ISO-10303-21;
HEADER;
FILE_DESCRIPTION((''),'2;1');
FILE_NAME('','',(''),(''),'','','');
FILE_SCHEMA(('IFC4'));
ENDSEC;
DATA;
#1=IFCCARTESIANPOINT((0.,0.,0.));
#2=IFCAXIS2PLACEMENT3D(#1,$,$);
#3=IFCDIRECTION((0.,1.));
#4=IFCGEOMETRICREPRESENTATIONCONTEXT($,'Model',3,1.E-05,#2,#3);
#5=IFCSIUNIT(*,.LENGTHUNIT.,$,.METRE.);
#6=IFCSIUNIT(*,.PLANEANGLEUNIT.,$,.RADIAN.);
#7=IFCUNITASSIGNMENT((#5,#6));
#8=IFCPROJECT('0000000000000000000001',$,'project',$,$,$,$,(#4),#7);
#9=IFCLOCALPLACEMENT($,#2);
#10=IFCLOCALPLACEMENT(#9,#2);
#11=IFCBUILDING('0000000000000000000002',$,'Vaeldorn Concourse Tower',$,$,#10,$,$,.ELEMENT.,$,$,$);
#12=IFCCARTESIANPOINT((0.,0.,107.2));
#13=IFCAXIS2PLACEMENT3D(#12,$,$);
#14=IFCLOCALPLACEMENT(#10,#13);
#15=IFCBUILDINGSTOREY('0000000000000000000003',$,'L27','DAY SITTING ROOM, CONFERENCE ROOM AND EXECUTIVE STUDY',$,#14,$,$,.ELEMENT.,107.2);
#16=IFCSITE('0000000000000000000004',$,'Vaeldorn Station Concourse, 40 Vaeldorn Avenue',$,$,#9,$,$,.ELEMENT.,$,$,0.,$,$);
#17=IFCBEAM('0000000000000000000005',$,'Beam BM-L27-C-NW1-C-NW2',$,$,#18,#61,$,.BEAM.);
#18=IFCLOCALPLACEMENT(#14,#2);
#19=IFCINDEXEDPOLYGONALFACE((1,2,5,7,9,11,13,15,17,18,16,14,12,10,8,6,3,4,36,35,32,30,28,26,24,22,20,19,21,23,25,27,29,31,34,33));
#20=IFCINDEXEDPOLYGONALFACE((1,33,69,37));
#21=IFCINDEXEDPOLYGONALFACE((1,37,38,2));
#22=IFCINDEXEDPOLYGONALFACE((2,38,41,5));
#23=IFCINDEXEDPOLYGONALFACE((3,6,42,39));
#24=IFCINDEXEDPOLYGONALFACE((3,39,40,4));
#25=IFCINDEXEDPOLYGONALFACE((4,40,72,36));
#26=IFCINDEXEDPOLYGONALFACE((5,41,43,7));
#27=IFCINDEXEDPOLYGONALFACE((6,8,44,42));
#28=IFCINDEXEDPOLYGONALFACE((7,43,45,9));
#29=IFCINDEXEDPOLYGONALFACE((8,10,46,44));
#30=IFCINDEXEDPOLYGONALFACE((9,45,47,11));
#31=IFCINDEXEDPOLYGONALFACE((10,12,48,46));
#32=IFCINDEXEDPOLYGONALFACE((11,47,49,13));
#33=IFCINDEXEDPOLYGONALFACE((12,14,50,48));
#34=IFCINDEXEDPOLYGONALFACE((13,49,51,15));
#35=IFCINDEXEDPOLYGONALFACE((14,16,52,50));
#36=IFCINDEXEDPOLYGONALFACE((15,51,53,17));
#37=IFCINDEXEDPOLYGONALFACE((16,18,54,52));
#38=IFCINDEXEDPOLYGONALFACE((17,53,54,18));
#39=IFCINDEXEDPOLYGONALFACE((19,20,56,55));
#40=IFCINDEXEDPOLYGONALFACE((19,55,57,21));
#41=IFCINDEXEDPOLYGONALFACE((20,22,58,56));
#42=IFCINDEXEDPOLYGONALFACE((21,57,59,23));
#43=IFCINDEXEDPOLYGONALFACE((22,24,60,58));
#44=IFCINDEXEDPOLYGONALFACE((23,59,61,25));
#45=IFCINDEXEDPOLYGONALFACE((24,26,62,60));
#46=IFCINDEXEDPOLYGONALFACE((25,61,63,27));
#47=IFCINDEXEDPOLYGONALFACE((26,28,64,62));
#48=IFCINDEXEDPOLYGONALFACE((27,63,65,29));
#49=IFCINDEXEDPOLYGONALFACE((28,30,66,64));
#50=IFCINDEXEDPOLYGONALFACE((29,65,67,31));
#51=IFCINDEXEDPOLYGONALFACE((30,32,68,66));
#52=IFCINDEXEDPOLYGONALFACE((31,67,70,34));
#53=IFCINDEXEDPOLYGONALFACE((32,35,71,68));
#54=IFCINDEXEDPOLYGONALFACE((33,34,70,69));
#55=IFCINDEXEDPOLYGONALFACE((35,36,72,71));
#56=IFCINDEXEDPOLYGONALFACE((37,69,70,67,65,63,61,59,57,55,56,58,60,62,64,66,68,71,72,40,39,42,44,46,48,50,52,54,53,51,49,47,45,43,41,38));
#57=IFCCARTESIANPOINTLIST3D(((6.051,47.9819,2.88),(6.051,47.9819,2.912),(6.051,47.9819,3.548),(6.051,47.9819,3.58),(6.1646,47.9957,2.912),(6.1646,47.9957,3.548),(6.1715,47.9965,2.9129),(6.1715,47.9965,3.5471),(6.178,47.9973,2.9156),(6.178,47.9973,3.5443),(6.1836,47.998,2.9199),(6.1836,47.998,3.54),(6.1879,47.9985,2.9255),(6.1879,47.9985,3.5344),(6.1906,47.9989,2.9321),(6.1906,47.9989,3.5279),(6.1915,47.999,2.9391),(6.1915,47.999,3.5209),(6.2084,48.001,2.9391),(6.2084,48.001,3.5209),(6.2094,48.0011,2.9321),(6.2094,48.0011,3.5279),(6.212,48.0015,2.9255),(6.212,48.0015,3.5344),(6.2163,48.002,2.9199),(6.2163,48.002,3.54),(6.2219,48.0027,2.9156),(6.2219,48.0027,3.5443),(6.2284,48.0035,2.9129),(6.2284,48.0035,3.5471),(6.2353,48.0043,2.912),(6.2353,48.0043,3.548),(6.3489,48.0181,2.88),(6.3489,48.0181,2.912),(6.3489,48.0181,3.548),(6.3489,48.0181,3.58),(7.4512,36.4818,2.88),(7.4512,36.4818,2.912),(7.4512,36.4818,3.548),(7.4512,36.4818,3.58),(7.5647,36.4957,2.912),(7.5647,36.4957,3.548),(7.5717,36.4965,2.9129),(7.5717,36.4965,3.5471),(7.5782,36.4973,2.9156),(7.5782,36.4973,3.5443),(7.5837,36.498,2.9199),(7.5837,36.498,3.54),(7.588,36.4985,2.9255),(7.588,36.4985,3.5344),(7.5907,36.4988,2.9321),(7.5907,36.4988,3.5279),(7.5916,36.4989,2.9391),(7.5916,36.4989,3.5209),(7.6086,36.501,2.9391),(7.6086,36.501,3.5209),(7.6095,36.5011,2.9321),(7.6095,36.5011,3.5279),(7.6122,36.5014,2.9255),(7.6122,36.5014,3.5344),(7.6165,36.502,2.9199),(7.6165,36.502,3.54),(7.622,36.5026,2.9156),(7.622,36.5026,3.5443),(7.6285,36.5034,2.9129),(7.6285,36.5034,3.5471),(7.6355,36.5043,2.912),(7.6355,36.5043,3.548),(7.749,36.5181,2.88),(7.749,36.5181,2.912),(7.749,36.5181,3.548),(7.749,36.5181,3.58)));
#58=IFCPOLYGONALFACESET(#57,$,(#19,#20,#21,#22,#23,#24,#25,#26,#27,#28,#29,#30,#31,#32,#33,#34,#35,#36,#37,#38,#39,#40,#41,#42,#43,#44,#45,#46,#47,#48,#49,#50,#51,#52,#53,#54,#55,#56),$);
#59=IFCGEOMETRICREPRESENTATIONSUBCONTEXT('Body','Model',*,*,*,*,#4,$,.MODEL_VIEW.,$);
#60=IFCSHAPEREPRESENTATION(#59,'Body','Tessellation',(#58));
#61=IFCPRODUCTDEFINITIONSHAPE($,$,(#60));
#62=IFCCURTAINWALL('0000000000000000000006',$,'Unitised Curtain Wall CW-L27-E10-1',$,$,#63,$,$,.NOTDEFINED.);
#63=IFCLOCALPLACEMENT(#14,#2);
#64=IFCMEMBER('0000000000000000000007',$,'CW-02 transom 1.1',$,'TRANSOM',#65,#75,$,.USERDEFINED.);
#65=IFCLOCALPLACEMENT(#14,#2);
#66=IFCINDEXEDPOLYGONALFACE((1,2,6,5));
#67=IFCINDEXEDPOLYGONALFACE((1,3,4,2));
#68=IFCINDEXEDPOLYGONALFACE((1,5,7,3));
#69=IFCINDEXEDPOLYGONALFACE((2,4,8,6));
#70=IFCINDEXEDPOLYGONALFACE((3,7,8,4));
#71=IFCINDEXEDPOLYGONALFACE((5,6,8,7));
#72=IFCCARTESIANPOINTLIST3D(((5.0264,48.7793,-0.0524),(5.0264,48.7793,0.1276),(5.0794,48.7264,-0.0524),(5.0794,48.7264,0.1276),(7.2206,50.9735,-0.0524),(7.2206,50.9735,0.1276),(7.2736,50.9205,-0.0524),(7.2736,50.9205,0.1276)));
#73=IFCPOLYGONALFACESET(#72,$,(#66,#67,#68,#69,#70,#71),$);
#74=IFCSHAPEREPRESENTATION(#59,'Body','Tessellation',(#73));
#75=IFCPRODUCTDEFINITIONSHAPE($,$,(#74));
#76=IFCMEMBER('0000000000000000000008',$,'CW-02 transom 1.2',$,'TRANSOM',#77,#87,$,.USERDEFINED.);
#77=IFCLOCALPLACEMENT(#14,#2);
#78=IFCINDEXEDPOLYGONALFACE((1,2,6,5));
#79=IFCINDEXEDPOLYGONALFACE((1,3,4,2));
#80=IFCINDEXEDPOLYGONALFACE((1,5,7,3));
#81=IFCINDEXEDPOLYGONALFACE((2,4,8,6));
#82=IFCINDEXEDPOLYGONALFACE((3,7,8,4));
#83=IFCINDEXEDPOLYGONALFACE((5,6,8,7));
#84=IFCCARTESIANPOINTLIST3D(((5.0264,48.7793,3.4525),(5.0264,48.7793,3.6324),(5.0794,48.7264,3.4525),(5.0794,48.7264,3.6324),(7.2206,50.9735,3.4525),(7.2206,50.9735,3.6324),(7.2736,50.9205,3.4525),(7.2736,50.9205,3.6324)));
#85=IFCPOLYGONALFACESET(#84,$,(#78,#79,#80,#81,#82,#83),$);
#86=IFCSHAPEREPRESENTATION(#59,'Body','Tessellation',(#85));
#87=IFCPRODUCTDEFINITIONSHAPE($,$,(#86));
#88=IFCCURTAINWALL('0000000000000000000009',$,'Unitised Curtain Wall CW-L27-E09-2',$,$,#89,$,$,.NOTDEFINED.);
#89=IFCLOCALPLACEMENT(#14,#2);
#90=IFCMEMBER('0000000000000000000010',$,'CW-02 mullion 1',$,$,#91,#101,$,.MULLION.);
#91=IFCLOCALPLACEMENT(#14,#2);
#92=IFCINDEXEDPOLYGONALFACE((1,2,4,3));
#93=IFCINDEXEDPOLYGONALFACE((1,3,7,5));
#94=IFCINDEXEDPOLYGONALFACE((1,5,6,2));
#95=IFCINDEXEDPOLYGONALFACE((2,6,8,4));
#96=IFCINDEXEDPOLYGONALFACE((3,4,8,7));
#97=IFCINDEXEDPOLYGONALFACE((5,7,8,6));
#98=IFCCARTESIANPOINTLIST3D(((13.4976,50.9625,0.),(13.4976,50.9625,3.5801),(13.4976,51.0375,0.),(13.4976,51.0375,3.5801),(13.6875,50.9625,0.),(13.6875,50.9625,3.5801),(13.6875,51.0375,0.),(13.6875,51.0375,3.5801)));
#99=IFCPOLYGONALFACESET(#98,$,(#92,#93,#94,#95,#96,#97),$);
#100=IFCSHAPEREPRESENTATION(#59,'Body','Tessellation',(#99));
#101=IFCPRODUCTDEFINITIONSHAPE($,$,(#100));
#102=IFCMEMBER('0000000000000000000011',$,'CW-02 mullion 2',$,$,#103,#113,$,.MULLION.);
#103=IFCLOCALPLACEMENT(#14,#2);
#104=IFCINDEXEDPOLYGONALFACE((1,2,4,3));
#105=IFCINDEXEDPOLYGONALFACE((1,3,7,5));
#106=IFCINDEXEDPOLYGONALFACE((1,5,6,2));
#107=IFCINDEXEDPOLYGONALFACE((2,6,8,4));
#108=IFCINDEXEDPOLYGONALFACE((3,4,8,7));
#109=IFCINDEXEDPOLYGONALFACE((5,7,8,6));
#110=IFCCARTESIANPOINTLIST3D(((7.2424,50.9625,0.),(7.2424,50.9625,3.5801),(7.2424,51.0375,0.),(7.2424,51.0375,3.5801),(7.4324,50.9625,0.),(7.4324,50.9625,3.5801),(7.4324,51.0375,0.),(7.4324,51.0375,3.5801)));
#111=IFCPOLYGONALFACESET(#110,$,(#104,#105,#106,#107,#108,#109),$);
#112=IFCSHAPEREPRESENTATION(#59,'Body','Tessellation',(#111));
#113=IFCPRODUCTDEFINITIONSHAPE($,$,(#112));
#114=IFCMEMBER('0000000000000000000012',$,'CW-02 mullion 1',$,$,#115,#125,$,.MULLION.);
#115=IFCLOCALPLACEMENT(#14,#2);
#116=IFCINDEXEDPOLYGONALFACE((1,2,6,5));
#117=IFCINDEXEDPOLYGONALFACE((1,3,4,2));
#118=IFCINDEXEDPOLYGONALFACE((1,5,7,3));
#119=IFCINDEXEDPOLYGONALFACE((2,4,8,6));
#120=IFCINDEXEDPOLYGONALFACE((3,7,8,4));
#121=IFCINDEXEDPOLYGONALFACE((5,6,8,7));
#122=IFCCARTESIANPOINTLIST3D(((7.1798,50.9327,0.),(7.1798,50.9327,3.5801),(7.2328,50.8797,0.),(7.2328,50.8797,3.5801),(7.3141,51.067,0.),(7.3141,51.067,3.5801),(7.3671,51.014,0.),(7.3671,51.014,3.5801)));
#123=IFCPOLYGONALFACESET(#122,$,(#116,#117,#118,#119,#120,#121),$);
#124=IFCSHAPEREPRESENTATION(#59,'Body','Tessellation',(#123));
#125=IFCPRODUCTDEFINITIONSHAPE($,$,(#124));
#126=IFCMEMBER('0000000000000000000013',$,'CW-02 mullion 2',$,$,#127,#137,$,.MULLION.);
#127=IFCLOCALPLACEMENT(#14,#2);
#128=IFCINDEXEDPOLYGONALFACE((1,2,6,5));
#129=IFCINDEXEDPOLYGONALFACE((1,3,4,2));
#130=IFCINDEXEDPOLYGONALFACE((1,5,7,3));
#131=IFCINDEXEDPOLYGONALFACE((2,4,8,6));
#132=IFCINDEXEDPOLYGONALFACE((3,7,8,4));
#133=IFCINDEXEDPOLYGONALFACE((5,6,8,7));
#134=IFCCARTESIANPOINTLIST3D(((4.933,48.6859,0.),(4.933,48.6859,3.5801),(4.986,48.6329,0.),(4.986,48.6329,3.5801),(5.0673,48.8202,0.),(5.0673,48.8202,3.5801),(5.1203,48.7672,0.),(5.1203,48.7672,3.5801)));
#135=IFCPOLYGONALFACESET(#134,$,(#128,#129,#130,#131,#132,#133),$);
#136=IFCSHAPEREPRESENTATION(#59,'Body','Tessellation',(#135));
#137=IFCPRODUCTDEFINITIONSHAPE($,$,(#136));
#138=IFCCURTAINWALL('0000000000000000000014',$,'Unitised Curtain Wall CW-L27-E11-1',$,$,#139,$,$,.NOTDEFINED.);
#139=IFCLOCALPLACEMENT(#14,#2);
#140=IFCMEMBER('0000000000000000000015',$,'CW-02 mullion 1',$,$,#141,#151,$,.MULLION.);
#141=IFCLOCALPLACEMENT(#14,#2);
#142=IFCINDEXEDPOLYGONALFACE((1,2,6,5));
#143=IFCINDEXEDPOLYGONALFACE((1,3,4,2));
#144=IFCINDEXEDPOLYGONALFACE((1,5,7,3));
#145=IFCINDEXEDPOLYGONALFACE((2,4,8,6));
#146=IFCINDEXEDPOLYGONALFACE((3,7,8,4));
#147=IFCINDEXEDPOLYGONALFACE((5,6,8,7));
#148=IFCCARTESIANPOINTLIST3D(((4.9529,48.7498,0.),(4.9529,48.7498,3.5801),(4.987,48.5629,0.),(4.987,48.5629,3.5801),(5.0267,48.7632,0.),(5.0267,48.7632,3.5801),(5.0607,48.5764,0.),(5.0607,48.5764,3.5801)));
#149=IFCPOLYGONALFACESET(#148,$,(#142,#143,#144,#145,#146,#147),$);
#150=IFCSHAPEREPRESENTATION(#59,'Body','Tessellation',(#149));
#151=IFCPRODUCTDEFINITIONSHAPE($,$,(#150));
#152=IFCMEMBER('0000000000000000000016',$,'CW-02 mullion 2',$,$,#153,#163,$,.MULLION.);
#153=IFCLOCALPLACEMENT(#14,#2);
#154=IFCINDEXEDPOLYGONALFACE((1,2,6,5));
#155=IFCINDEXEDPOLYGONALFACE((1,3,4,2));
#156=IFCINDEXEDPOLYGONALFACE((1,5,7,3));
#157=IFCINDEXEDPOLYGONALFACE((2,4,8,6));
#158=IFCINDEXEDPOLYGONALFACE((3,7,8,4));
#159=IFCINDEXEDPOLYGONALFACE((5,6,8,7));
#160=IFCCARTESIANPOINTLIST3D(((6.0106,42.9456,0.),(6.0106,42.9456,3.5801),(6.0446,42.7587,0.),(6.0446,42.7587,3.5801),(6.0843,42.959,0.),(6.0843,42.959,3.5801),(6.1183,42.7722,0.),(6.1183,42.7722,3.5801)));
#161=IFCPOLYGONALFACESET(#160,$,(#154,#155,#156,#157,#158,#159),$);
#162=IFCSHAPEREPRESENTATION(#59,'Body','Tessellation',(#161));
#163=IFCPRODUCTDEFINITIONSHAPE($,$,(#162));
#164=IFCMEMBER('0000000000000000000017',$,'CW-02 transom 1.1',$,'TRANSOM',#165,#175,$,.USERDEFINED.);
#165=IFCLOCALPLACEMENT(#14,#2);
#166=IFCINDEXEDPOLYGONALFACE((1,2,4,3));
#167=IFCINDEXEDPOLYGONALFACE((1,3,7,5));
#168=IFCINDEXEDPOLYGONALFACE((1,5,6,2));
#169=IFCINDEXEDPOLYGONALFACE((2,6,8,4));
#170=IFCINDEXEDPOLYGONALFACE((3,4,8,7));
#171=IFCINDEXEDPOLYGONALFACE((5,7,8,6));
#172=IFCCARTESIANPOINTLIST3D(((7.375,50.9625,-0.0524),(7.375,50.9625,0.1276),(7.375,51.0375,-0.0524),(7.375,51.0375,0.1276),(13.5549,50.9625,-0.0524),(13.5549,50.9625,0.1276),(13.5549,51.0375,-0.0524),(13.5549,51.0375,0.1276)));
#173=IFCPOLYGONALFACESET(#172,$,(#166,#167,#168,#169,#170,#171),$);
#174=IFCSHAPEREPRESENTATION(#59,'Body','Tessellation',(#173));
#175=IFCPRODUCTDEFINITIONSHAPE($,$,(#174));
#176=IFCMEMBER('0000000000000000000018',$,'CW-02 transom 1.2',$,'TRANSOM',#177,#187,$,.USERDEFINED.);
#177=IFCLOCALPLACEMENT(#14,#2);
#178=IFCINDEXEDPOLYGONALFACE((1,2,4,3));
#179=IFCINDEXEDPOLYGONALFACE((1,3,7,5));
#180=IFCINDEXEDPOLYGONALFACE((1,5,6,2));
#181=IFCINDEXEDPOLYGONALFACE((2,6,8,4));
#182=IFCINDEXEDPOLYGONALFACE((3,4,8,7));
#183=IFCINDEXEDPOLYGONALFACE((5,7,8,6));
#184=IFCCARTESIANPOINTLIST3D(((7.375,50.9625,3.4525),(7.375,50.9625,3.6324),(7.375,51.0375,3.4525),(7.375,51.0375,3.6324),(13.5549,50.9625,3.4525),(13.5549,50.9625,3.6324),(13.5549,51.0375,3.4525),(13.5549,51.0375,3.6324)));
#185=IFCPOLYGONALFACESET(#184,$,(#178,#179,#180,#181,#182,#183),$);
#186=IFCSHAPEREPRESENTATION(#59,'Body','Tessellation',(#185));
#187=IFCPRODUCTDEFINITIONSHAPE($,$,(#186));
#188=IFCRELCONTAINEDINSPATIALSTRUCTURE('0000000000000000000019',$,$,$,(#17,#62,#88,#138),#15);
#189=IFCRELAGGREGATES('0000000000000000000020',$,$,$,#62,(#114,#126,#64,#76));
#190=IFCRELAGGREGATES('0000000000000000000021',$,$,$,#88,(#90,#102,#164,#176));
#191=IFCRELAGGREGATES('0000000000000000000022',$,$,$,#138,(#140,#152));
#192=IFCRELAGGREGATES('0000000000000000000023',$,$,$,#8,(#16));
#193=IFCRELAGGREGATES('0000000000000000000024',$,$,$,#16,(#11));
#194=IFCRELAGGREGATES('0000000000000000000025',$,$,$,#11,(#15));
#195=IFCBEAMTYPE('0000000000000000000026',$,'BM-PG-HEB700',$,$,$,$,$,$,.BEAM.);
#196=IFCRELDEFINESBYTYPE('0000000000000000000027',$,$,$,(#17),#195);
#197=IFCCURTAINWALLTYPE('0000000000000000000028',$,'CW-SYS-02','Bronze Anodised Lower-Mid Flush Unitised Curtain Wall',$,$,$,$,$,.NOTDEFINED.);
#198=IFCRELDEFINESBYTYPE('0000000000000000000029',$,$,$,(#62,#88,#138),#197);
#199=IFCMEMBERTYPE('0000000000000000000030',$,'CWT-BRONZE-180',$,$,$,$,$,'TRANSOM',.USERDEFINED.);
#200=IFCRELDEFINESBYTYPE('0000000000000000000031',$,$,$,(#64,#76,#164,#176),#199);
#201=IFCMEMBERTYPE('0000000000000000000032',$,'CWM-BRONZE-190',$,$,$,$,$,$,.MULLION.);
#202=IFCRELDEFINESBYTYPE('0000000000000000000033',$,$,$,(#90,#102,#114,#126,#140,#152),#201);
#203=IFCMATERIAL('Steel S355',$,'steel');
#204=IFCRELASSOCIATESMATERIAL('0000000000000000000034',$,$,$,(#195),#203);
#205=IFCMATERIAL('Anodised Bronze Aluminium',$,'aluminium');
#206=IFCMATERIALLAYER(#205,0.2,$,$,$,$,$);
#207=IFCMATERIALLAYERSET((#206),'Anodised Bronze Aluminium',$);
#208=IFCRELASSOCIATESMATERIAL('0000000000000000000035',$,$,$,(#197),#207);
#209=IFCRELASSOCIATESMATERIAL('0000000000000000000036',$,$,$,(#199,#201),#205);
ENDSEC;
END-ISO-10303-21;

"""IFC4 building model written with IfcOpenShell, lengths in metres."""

from ifc_helpers import new_model, si_unit, direction, frame, origin, origin_2d, place, context, subcontext, project, spatial, rectangle, i_section, extrude, source, transform, mapped, material, layer, layer_set, material_profile, profile_set, type_object, element, aggregate, save


model = new_model("IFC4")

# Units and contexts
model_context = context("Model", 3, precision=1e-05, world=origin(), true_north=direction((0.0, 1.0)))
body_context = subcontext(model_context, "Body", "Model", "MODEL_VIEW")
ifc_project = project(units=[si_unit("LENGTHUNIT", "METRE"), si_unit("PLANEANGLEUNIT", "RADIAN")], contexts=[model_context])

# Site, building, storey
site_placement = place(None, origin())
site = spatial("IfcSite", under=ifc_project, at=site_placement, Name="Vaeldorn Station Concourse, 40 Vaeldorn Avenue", CompositionType="ELEMENT", RefElevation=0.0)
building_placement = place(site_placement, origin())
building = spatial("IfcBuilding", under=site, at=building_placement, Name="Vaeldorn Concourse Tower", CompositionType="ELEMENT")
storey_placement = place(building_placement, frame((0.0, 0.0, 107.2)))
storey = spatial("IfcBuildingStorey", under=building, at=storey_placement, Name="L27", Description="DAY SITTING ROOM, CONFERENCE ROOM AND EXECUTIVE STUDY", CompositionType="ELEMENT", Elevation=107.2)

# Beam
ifc_material_1 = material(Name="Steel S355", Category="steel")
ifc_material_profile_1 = material_profile(ifc_material_1, i_section(OverallWidth=0.3, OverallDepth=0.7, WebThickness=0.0171, FlangeThickness=0.032, FilletRadius=0.0271, at=origin_2d()), Name="HEB 700")
ifc_profile_set_1 = profile_set([ifc_material_profile_1], Name="Steel S355")
beam_type_1 = type_object("IfcBeamType", Name="BM-PG-HEB700", PredefinedType="BEAM", material=ifc_profile_set_1)
shared_shape_1 = source(origin(), body_context, "Body", "SweptSolid", [
    extrude(i_section(OverallWidth=0.3, OverallDepth=0.7, WebThickness=0.0171, FlangeThickness=0.032, FilletRadius=0.0271, at=origin_2d()), origin(), (0.0, 0.0, 1.0), 11.585),
])
beam_1_placement = place(storey_placement, frame((6.2, 48.0, 3.23), z_axis=(0.120859, -0.99267, 0.0), x_axis=(0.99267, 0.120859, 0.0)))
element("IfcBeam", 1, at=beam_1_placement, inside=storey, type_object=beam_type_1, Name="Beam BM-L27-C-NW1-C-NW2", PredefinedType="BEAM", context=body_context, shape_type="MappedRepresentation", body=[
    mapped(shared_shape_1, transform((0.0, 0.0, 0.0), scale=1.0)),
])

# Curtain walls, members
ifc_material_2 = material(Name="Anodised Bronze Aluminium", Category="aluminium")
ifc_layer_1 = layer(ifc_material_2, 0.2)
ifc_layer_set_1 = layer_set([ifc_layer_1], Name="Anodised Bronze Aluminium")
curtain_wall_type = type_object("IfcCurtainWallType", Name="CW-SYS-02", Description="Bronze Anodised Lower-Mid Flush Unitised Curtain Wall", PredefinedType="NOTDEFINED", material=ifc_layer_set_1)
curtain_wall_1_placement = place(storey_placement, origin())
curtain_wall_1 = element("IfcCurtainWall", 2, at=curtain_wall_1_placement, inside=storey, type_object=curtain_wall_type, Name="Unitised Curtain Wall CW-L27-E10-1", PredefinedType="NOTDEFINED")
ifc_material_profile_2 = material_profile(ifc_material_2, rectangle(XDim=0.075, YDim=0.1799, at=origin_2d()), Name="CWT 75x180")
ifc_profile_set_2 = profile_set([ifc_material_profile_2], Name="Anodised Bronze Aluminium")
member_type_1 = type_object("IfcMemberType", Name="CWT-BRONZE-180", ElementType="TRANSOM", PredefinedType="USERDEFINED", material=ifc_profile_set_2)
shared_shape_2 = source(origin(), body_context, "Body", "SweptSolid", [
    extrude(rectangle(XDim=0.075, YDim=0.1799, at=origin_2d()), origin(), (0.0, 0.0, 1.0), 3.103),
])
member_1_placement = place(storey_placement, frame((7.2471, 50.947, 0.0376), z_axis=(-0.707107, -0.707107, 0.0), x_axis=(0.707107, -0.707107, 0.0)))
member_1 = element("IfcMember", 3, at=member_1_placement, type_object=member_type_1, Name="CW-02 transom 1.1", ObjectType="TRANSOM", PredefinedType="USERDEFINED", context=body_context, shape_type="MappedRepresentation", body=[
    mapped(shared_shape_2, transform((0.0, 0.0, 0.0), scale=1.0)),
])
member_2_placement = place(storey_placement, frame((7.2471, 50.947, 3.5425), z_axis=(-0.707107, -0.707107, 0.0), x_axis=(0.707107, -0.707107, 0.0)))
member_2 = element("IfcMember", 4, at=member_2_placement, type_object=member_type_1, Name="CW-02 transom 1.2", ObjectType="TRANSOM", PredefinedType="USERDEFINED", context=body_context, shape_type="MappedRepresentation", body=[
    mapped(shared_shape_2, transform((0.0, 0.0, 0.0), scale=1.0)),
])
curtain_wall_2_placement = place(storey_placement, origin())
curtain_wall_2 = element("IfcCurtainWall", 5, at=curtain_wall_2_placement, inside=storey, type_object=curtain_wall_type, Name="Unitised Curtain Wall CW-L27-E09-2", PredefinedType="NOTDEFINED")
ifc_material_profile_3 = material_profile(ifc_material_2, rectangle(XDim=0.075, YDim=0.1899, at=origin_2d()), Name="CWM 75x190")
ifc_profile_set_3 = profile_set([ifc_material_profile_3], Name="Anodised Bronze Aluminium")
member_type_2 = type_object("IfcMemberType", Name="CWM-BRONZE-190", PredefinedType="MULLION", material=ifc_profile_set_3)
shared_shape_3 = source(origin(), body_context, "Body", "SweptSolid", [
    extrude(rectangle(XDim=0.075, YDim=0.1899, at=origin_2d()), origin(), (0.0, 0.0, 1.0), 3.5801),
])
member_3_placement = place(storey_placement, frame((13.5925, 51.0, 0.0), z_axis=(0.0, 0.0, 1.0), x_axis=(0.0, -1.0, 0.0)))
member_3 = element("IfcMember", 6, at=member_3_placement, type_object=member_type_2, Name="CW-02 mullion 1", PredefinedType="MULLION", context=body_context, shape_type="MappedRepresentation", body=[
    mapped(shared_shape_3, transform((0.0, 0.0, 0.0), scale=1.0)),
])
member_4_placement = place(storey_placement, frame((7.3374, 51.0, 0.0), z_axis=(0.0, 0.0, 1.0), x_axis=(0.0, -1.0, 0.0)))
member_4 = element("IfcMember", 7, at=member_4_placement, type_object=member_type_2, Name="CW-02 mullion 2", PredefinedType="MULLION", context=body_context, shape_type="MappedRepresentation", body=[
    mapped(shared_shape_3, transform((0.0, 0.0, 0.0), scale=1.0)),
])

# Members
member_5_placement = place(storey_placement, frame((7.2734, 50.9734, 0.0), z_axis=(0.0, 0.0, 1.0), x_axis=(0.707107, -0.707107, 0.0)))
member_5 = element("IfcMember", 8, at=member_5_placement, type_object=member_type_2, Name="CW-02 mullion 1", PredefinedType="MULLION", context=body_context, shape_type="MappedRepresentation", body=[
    mapped(shared_shape_3, transform((0.0, 0.0, 0.0), scale=1.0)),
])
member_6_placement = place(storey_placement, frame((5.0266, 48.7266, 0.0), z_axis=(0.0, 0.0, 1.0), x_axis=(0.707107, -0.707107, 0.0)))
member_6 = element("IfcMember", 9, at=member_6_placement, type_object=member_type_2, Name="CW-02 mullion 2", PredefinedType="MULLION", context=body_context, shape_type="MappedRepresentation", body=[
    mapped(shared_shape_3, transform((0.0, 0.0, 0.0), scale=1.0)),
])

# Curtain wall, members
curtain_wall_3_placement = place(storey_placement, origin())
curtain_wall_3 = element("IfcCurtainWall", 10, at=curtain_wall_3_placement, inside=storey, type_object=curtain_wall_type, Name="Unitised Curtain Wall CW-L27-E11-1", PredefinedType="NOTDEFINED")
member_7_placement = place(storey_placement, frame((5.0068, 48.6631, 0.0), z_axis=(0.0, 0.0, 1.0), x_axis=(0.983796, 0.179293, 0.0)))
member_7 = element("IfcMember", 11, at=member_7_placement, type_object=member_type_2, Name="CW-02 mullion 1", PredefinedType="MULLION", context=body_context, shape_type="MappedRepresentation", body=[
    mapped(shared_shape_3, transform((0.0, 0.0, 0.0), scale=1.0)),
])
member_8_placement = place(storey_placement, frame((6.0645, 42.8589, 0.0), z_axis=(0.0, 0.0, 1.0), x_axis=(0.983796, 0.179293, 0.0)))
member_8 = element("IfcMember", 12, at=member_8_placement, type_object=member_type_2, Name="CW-02 mullion 2", PredefinedType="MULLION", context=body_context, shape_type="MappedRepresentation", body=[
    mapped(shared_shape_3, transform((0.0, 0.0, 0.0), scale=1.0)),
])

# Members
shared_shape_4 = source(origin(), body_context, "Body", "SweptSolid", [
    extrude(rectangle(XDim=0.075, YDim=0.1799, at=origin_2d()), origin(), (0.0, 0.0, 1.0), 6.1799),
])
member_9_placement = place(storey_placement, frame((13.5549, 51.0, 0.0376), z_axis=(-1.0, 0.0, 0.0), x_axis=(0.0, -1.0, 0.0)))
member_9 = element("IfcMember", 13, at=member_9_placement, type_object=member_type_1, Name="CW-02 transom 1.1", ObjectType="TRANSOM", PredefinedType="USERDEFINED", context=body_context, shape_type="MappedRepresentation", body=[
    mapped(shared_shape_4, transform((0.0, 0.0, 0.0), scale=1.0)),
])
member_10_placement = place(storey_placement, frame((13.5549, 51.0, 3.5425), z_axis=(-1.0, 0.0, 0.0), x_axis=(0.0, -1.0, 0.0)))
member_10 = element("IfcMember", 14, at=member_10_placement, type_object=member_type_1, Name="CW-02 transom 1.2", ObjectType="TRANSOM", PredefinedType="USERDEFINED", context=body_context, shape_type="MappedRepresentation", body=[
    mapped(shared_shape_4, transform((0.0, 0.0, 0.0), scale=1.0)),
])

aggregate(curtain_wall_1, [member_5, member_6, member_1, member_2])
aggregate(curtain_wall_2, [member_3, member_4, member_9, member_10])
aggregate(curtain_wall_3, [member_7, member_8])

save(model, "model.ifc")
